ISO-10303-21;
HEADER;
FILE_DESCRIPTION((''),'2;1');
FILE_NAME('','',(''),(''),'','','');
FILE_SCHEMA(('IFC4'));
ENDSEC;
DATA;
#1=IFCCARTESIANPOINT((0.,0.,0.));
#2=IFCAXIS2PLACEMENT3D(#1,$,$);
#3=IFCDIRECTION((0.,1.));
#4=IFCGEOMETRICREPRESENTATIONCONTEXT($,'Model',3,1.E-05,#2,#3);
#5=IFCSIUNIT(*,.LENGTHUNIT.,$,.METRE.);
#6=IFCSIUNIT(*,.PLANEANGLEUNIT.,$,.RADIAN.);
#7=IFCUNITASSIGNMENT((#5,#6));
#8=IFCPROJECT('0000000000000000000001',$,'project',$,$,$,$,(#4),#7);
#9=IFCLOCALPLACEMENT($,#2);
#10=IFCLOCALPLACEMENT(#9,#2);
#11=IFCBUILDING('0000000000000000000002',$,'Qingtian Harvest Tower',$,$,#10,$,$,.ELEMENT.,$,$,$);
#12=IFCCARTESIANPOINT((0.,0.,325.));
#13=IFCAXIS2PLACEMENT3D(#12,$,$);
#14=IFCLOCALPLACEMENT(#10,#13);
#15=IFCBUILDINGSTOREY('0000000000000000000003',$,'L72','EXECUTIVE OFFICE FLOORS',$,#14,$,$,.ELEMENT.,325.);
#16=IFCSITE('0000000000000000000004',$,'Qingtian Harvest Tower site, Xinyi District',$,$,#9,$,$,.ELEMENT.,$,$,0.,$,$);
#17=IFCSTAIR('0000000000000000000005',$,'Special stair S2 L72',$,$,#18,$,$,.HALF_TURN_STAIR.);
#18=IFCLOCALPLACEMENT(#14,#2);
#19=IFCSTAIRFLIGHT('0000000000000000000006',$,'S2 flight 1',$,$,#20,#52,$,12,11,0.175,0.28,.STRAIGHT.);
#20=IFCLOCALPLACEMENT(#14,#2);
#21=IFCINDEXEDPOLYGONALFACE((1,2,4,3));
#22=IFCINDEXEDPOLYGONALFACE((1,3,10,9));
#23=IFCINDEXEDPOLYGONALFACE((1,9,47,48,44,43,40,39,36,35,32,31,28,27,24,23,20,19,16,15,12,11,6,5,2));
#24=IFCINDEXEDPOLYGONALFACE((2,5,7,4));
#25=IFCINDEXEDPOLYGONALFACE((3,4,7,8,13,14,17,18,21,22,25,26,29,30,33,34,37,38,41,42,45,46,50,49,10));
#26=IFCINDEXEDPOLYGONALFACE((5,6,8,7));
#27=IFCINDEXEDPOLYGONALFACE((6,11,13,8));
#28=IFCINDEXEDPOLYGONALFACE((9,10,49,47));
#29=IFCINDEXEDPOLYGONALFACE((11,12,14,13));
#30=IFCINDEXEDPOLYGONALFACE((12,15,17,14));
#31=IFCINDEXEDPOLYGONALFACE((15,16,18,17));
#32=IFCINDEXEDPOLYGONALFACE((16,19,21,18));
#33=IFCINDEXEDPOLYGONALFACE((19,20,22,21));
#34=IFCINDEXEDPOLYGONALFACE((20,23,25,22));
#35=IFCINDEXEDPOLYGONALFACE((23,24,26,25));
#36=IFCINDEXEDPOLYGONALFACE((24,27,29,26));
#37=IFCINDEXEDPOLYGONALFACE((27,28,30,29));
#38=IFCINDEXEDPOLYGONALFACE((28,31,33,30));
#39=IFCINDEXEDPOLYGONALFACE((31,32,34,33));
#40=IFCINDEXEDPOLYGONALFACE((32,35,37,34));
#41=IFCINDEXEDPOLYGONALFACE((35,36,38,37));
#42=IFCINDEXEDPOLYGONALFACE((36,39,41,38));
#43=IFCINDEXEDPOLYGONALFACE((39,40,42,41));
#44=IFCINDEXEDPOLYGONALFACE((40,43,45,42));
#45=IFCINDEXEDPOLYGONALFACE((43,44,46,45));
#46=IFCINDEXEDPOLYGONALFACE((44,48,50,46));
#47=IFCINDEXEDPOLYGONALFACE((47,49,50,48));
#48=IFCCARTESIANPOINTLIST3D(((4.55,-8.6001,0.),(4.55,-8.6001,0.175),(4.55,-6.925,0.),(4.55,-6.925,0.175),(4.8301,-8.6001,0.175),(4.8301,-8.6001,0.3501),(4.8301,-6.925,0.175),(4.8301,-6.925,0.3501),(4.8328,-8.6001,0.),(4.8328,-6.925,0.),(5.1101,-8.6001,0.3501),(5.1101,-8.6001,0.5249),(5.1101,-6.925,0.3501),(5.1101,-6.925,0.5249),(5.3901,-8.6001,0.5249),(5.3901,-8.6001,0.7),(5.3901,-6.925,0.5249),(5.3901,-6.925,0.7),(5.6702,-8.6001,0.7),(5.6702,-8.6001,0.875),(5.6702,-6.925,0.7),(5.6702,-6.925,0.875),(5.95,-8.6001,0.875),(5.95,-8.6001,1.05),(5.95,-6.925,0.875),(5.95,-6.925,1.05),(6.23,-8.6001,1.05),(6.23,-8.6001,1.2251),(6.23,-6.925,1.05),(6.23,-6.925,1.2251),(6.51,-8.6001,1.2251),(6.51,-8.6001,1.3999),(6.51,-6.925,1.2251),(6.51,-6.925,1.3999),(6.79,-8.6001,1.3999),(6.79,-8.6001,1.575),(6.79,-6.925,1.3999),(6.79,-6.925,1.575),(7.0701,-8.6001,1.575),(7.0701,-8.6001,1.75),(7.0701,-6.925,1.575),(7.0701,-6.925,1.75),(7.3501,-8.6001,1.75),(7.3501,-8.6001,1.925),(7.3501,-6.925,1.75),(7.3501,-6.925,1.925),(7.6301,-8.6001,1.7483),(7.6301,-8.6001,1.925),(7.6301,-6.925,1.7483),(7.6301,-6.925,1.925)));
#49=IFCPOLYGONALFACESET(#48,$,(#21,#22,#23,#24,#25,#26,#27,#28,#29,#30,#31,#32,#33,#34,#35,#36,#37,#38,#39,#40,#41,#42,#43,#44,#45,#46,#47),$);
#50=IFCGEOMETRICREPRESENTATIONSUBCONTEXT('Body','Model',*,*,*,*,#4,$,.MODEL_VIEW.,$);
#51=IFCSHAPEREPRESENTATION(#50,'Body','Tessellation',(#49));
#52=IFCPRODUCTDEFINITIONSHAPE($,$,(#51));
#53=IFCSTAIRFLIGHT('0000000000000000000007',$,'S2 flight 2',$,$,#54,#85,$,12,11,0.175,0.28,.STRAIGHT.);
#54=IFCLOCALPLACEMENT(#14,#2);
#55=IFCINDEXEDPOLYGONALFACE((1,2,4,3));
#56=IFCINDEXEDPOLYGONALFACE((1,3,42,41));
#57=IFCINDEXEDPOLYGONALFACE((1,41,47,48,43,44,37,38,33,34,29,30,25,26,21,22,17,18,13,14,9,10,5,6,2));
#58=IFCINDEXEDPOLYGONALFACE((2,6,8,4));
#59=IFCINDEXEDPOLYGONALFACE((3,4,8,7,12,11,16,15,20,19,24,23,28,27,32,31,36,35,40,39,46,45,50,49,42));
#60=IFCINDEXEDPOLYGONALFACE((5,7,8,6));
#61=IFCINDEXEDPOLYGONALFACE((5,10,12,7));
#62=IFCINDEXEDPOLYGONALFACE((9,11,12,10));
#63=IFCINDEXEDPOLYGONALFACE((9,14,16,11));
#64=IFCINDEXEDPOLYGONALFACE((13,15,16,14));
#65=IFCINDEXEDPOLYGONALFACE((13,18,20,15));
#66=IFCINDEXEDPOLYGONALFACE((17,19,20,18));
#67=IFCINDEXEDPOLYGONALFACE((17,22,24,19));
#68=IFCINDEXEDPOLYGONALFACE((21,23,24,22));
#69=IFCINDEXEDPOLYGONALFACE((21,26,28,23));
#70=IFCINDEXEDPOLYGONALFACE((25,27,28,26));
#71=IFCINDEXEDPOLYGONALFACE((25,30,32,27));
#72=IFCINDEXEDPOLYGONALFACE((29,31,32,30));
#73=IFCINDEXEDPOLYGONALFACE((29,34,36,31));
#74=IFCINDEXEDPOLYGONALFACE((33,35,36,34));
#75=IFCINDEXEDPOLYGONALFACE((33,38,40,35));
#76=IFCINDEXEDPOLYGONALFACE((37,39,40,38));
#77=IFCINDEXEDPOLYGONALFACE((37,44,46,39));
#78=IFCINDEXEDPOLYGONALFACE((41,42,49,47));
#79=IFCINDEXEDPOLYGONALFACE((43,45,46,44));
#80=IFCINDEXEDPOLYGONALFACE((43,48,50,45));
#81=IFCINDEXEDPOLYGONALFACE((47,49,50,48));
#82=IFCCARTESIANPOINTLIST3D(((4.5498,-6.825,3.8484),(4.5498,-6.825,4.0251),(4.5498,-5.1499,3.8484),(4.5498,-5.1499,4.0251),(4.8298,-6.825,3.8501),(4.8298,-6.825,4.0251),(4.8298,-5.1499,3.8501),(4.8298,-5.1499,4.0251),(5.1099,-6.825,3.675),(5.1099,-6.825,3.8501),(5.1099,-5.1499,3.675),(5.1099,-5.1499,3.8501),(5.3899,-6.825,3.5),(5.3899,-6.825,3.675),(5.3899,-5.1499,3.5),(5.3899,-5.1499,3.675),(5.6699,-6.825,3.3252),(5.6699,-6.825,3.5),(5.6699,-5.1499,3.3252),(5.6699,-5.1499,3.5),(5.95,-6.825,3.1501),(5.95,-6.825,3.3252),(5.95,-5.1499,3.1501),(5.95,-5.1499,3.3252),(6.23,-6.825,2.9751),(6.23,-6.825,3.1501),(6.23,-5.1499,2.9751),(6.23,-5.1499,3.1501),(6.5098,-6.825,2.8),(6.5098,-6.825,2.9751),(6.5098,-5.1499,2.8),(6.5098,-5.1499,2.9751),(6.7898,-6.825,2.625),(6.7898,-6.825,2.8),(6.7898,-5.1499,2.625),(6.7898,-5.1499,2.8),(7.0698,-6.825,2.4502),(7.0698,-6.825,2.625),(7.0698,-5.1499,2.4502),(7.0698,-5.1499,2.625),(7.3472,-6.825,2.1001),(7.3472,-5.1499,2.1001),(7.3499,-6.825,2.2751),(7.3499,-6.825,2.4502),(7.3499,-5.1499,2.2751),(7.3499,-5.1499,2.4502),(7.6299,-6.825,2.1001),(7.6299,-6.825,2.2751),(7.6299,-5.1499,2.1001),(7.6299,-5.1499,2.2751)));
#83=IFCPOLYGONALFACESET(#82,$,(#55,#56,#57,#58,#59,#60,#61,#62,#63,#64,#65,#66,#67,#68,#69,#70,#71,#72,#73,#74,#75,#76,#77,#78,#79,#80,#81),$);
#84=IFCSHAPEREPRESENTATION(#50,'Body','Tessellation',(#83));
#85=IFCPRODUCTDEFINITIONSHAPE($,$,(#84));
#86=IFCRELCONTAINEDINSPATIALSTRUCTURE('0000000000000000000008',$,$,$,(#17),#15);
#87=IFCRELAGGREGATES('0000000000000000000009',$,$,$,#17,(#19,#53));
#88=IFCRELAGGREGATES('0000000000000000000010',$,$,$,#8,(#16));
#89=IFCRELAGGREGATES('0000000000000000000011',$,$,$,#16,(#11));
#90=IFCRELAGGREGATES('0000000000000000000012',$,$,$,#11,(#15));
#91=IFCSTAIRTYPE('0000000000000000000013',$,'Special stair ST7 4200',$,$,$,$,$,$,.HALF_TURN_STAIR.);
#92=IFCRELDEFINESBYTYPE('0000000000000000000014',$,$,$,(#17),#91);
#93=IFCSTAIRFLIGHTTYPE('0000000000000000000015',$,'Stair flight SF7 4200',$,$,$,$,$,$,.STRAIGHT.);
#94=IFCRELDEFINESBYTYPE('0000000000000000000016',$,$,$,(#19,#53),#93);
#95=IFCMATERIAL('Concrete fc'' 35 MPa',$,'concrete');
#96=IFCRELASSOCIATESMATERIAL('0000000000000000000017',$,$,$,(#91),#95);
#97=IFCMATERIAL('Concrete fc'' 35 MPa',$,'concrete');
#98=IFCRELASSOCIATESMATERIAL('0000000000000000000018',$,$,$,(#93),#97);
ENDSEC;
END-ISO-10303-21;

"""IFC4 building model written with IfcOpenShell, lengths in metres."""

from ifc_helpers import new_model, si_unit, direction, frame, origin, place, context, subcontext, project, spatial, polyline, outline, extrude, material, type_object, element, aggregate, save


model = new_model("IFC4")

# Units and contexts
model_context = context("Model", 3, precision=1e-05, world=origin(), true_north=direction((0.0, 1.0)))
body_context = subcontext(model_context, "Body", "Model", "MODEL_VIEW")
ifc_project = project(units=[si_unit("LENGTHUNIT", "METRE"), si_unit("PLANEANGLEUNIT", "RADIAN")], contexts=[model_context])

# Site, building, storey
site_placement = place(None, origin())
site = spatial("IfcSite", under=ifc_project, at=site_placement, Name="Qingtian Harvest Tower site, Xinyi District", CompositionType="ELEMENT", RefElevation=0.0)
building_placement = place(site_placement, origin())
building = spatial("IfcBuilding", under=site, at=building_placement, Name="Qingtian Harvest Tower", CompositionType="ELEMENT")
storey_placement = place(building_placement, frame((0.0, 0.0, 325.0)))
storey = spatial("IfcBuildingStorey", under=building, at=storey_placement, Name="L72", Description="EXECUTIVE OFFICE FLOORS", CompositionType="ELEMENT", Elevation=325.0)

# Stair, stair flights
ifc_material_1 = material(Name="Concrete fc' 35 MPa", Category="concrete")
stair_type = type_object("IfcStairType", Name="Special stair ST7 4200", PredefinedType="HALF_TURN_STAIR", material=ifc_material_1)
stair_placement = place(storey_placement, origin())
stair = element("IfcStair", 1, at=stair_placement, inside=storey, type_object=stair_type, Name="Special stair S2 L72", PredefinedType="HALF_TURN_STAIR")
ifc_material_2 = material(Name="Concrete fc' 35 MPa", Category="concrete")
stair_flight_type = type_object("IfcStairFlightType", Name="Stair flight SF7 4200", PredefinedType="STRAIGHT", material=ifc_material_2)
stair_flight_1_placement = place(storey_placement, frame((4.55, -7.7625, 0.0), z_axis=(0.0, 0.0, 1.0), x_axis=(1.0, 0.0, 0.0)))
stair_flight_1 = element("IfcStairFlight", 2, at=stair_flight_1_placement, type_object=stair_flight_type, Name="S2 flight 1", NumberOfRisers=12, NumberOfTreads=11, PredefinedType="STRAIGHT", RiserHeight=0.175, TreadLength=0.28, context=body_context, shape_type="SweptSolid", body=[
    extrude(outline(polyline([(0.0, 0.0), (0.0, 0.175), (0.28, 0.175), (0.28, 0.3501), (0.5601, 0.3501), (0.5601, 0.5249), (0.8401, 0.5249), (0.8401, 0.7), (1.1201, 0.7), (1.1201, 0.875), (1.3999, 0.875), (1.3999, 1.05), (1.6799, 1.05), (1.6799, 1.2251), (1.96, 1.2251), (1.96, 1.3999), (2.24, 1.3999), (2.24, 1.575), (2.52, 1.575), (2.52, 1.75), (2.8, 1.75), (2.8, 1.925), (3.0801, 1.925), (3.0801, 2.1001), (3.0801, 1.7483), (0.2827, 0.0), (0.0, 0.0)])), frame((0.0, 0.8374, 0.0), z_axis=(0.0, -1.0, 0.0), x_axis=(1.0, 0.0, 0.0)), (0.0, 0.0, 1.0), 1.675),
])
stair_flight_2_placement = place(storey_placement, frame((7.6299, -5.9875, 2.1001), z_axis=(0.0, 0.0, 1.0), x_axis=(-1.0, 0.0, 0.0)))
stair_flight_2 = element("IfcStairFlight", 3, at=stair_flight_2_placement, type_object=stair_flight_type, Name="S2 flight 2", NumberOfRisers=12, NumberOfTreads=11, PredefinedType="STRAIGHT", RiserHeight=0.175, TreadLength=0.28, context=body_context, shape_type="SweptSolid", body=[
    extrude(outline(polyline([(0.0, 0.0), (0.0, 0.175), (0.28, 0.175), (0.28, 0.3501), (0.5601, 0.3501), (0.5601, 0.5249), (0.8401, 0.5249), (0.8401, 0.7), (1.1201, 0.7), (1.1201, 0.875), (1.3999, 0.875), (1.3999, 1.05), (1.6799, 1.05), (1.6799, 1.2251), (1.96, 1.2251), (1.96, 1.3999), (2.24, 1.3999), (2.24, 1.575), (2.52, 1.575), (2.52, 1.75), (2.8, 1.75), (2.8, 1.925), (3.0801, 1.925), (3.0801, 2.1001), (3.0801, 1.7483), (0.2827, 0.0), (0.0, 0.0)])), frame((0.0, 0.8374, 0.0), z_axis=(0.0, -1.0, 0.0), x_axis=(1.0, 0.0, 0.0)), (0.0, 0.0, 1.0), 1.675),
])
aggregate(stair, [stair_flight_1, stair_flight_2])

save(model, "model.ifc")
